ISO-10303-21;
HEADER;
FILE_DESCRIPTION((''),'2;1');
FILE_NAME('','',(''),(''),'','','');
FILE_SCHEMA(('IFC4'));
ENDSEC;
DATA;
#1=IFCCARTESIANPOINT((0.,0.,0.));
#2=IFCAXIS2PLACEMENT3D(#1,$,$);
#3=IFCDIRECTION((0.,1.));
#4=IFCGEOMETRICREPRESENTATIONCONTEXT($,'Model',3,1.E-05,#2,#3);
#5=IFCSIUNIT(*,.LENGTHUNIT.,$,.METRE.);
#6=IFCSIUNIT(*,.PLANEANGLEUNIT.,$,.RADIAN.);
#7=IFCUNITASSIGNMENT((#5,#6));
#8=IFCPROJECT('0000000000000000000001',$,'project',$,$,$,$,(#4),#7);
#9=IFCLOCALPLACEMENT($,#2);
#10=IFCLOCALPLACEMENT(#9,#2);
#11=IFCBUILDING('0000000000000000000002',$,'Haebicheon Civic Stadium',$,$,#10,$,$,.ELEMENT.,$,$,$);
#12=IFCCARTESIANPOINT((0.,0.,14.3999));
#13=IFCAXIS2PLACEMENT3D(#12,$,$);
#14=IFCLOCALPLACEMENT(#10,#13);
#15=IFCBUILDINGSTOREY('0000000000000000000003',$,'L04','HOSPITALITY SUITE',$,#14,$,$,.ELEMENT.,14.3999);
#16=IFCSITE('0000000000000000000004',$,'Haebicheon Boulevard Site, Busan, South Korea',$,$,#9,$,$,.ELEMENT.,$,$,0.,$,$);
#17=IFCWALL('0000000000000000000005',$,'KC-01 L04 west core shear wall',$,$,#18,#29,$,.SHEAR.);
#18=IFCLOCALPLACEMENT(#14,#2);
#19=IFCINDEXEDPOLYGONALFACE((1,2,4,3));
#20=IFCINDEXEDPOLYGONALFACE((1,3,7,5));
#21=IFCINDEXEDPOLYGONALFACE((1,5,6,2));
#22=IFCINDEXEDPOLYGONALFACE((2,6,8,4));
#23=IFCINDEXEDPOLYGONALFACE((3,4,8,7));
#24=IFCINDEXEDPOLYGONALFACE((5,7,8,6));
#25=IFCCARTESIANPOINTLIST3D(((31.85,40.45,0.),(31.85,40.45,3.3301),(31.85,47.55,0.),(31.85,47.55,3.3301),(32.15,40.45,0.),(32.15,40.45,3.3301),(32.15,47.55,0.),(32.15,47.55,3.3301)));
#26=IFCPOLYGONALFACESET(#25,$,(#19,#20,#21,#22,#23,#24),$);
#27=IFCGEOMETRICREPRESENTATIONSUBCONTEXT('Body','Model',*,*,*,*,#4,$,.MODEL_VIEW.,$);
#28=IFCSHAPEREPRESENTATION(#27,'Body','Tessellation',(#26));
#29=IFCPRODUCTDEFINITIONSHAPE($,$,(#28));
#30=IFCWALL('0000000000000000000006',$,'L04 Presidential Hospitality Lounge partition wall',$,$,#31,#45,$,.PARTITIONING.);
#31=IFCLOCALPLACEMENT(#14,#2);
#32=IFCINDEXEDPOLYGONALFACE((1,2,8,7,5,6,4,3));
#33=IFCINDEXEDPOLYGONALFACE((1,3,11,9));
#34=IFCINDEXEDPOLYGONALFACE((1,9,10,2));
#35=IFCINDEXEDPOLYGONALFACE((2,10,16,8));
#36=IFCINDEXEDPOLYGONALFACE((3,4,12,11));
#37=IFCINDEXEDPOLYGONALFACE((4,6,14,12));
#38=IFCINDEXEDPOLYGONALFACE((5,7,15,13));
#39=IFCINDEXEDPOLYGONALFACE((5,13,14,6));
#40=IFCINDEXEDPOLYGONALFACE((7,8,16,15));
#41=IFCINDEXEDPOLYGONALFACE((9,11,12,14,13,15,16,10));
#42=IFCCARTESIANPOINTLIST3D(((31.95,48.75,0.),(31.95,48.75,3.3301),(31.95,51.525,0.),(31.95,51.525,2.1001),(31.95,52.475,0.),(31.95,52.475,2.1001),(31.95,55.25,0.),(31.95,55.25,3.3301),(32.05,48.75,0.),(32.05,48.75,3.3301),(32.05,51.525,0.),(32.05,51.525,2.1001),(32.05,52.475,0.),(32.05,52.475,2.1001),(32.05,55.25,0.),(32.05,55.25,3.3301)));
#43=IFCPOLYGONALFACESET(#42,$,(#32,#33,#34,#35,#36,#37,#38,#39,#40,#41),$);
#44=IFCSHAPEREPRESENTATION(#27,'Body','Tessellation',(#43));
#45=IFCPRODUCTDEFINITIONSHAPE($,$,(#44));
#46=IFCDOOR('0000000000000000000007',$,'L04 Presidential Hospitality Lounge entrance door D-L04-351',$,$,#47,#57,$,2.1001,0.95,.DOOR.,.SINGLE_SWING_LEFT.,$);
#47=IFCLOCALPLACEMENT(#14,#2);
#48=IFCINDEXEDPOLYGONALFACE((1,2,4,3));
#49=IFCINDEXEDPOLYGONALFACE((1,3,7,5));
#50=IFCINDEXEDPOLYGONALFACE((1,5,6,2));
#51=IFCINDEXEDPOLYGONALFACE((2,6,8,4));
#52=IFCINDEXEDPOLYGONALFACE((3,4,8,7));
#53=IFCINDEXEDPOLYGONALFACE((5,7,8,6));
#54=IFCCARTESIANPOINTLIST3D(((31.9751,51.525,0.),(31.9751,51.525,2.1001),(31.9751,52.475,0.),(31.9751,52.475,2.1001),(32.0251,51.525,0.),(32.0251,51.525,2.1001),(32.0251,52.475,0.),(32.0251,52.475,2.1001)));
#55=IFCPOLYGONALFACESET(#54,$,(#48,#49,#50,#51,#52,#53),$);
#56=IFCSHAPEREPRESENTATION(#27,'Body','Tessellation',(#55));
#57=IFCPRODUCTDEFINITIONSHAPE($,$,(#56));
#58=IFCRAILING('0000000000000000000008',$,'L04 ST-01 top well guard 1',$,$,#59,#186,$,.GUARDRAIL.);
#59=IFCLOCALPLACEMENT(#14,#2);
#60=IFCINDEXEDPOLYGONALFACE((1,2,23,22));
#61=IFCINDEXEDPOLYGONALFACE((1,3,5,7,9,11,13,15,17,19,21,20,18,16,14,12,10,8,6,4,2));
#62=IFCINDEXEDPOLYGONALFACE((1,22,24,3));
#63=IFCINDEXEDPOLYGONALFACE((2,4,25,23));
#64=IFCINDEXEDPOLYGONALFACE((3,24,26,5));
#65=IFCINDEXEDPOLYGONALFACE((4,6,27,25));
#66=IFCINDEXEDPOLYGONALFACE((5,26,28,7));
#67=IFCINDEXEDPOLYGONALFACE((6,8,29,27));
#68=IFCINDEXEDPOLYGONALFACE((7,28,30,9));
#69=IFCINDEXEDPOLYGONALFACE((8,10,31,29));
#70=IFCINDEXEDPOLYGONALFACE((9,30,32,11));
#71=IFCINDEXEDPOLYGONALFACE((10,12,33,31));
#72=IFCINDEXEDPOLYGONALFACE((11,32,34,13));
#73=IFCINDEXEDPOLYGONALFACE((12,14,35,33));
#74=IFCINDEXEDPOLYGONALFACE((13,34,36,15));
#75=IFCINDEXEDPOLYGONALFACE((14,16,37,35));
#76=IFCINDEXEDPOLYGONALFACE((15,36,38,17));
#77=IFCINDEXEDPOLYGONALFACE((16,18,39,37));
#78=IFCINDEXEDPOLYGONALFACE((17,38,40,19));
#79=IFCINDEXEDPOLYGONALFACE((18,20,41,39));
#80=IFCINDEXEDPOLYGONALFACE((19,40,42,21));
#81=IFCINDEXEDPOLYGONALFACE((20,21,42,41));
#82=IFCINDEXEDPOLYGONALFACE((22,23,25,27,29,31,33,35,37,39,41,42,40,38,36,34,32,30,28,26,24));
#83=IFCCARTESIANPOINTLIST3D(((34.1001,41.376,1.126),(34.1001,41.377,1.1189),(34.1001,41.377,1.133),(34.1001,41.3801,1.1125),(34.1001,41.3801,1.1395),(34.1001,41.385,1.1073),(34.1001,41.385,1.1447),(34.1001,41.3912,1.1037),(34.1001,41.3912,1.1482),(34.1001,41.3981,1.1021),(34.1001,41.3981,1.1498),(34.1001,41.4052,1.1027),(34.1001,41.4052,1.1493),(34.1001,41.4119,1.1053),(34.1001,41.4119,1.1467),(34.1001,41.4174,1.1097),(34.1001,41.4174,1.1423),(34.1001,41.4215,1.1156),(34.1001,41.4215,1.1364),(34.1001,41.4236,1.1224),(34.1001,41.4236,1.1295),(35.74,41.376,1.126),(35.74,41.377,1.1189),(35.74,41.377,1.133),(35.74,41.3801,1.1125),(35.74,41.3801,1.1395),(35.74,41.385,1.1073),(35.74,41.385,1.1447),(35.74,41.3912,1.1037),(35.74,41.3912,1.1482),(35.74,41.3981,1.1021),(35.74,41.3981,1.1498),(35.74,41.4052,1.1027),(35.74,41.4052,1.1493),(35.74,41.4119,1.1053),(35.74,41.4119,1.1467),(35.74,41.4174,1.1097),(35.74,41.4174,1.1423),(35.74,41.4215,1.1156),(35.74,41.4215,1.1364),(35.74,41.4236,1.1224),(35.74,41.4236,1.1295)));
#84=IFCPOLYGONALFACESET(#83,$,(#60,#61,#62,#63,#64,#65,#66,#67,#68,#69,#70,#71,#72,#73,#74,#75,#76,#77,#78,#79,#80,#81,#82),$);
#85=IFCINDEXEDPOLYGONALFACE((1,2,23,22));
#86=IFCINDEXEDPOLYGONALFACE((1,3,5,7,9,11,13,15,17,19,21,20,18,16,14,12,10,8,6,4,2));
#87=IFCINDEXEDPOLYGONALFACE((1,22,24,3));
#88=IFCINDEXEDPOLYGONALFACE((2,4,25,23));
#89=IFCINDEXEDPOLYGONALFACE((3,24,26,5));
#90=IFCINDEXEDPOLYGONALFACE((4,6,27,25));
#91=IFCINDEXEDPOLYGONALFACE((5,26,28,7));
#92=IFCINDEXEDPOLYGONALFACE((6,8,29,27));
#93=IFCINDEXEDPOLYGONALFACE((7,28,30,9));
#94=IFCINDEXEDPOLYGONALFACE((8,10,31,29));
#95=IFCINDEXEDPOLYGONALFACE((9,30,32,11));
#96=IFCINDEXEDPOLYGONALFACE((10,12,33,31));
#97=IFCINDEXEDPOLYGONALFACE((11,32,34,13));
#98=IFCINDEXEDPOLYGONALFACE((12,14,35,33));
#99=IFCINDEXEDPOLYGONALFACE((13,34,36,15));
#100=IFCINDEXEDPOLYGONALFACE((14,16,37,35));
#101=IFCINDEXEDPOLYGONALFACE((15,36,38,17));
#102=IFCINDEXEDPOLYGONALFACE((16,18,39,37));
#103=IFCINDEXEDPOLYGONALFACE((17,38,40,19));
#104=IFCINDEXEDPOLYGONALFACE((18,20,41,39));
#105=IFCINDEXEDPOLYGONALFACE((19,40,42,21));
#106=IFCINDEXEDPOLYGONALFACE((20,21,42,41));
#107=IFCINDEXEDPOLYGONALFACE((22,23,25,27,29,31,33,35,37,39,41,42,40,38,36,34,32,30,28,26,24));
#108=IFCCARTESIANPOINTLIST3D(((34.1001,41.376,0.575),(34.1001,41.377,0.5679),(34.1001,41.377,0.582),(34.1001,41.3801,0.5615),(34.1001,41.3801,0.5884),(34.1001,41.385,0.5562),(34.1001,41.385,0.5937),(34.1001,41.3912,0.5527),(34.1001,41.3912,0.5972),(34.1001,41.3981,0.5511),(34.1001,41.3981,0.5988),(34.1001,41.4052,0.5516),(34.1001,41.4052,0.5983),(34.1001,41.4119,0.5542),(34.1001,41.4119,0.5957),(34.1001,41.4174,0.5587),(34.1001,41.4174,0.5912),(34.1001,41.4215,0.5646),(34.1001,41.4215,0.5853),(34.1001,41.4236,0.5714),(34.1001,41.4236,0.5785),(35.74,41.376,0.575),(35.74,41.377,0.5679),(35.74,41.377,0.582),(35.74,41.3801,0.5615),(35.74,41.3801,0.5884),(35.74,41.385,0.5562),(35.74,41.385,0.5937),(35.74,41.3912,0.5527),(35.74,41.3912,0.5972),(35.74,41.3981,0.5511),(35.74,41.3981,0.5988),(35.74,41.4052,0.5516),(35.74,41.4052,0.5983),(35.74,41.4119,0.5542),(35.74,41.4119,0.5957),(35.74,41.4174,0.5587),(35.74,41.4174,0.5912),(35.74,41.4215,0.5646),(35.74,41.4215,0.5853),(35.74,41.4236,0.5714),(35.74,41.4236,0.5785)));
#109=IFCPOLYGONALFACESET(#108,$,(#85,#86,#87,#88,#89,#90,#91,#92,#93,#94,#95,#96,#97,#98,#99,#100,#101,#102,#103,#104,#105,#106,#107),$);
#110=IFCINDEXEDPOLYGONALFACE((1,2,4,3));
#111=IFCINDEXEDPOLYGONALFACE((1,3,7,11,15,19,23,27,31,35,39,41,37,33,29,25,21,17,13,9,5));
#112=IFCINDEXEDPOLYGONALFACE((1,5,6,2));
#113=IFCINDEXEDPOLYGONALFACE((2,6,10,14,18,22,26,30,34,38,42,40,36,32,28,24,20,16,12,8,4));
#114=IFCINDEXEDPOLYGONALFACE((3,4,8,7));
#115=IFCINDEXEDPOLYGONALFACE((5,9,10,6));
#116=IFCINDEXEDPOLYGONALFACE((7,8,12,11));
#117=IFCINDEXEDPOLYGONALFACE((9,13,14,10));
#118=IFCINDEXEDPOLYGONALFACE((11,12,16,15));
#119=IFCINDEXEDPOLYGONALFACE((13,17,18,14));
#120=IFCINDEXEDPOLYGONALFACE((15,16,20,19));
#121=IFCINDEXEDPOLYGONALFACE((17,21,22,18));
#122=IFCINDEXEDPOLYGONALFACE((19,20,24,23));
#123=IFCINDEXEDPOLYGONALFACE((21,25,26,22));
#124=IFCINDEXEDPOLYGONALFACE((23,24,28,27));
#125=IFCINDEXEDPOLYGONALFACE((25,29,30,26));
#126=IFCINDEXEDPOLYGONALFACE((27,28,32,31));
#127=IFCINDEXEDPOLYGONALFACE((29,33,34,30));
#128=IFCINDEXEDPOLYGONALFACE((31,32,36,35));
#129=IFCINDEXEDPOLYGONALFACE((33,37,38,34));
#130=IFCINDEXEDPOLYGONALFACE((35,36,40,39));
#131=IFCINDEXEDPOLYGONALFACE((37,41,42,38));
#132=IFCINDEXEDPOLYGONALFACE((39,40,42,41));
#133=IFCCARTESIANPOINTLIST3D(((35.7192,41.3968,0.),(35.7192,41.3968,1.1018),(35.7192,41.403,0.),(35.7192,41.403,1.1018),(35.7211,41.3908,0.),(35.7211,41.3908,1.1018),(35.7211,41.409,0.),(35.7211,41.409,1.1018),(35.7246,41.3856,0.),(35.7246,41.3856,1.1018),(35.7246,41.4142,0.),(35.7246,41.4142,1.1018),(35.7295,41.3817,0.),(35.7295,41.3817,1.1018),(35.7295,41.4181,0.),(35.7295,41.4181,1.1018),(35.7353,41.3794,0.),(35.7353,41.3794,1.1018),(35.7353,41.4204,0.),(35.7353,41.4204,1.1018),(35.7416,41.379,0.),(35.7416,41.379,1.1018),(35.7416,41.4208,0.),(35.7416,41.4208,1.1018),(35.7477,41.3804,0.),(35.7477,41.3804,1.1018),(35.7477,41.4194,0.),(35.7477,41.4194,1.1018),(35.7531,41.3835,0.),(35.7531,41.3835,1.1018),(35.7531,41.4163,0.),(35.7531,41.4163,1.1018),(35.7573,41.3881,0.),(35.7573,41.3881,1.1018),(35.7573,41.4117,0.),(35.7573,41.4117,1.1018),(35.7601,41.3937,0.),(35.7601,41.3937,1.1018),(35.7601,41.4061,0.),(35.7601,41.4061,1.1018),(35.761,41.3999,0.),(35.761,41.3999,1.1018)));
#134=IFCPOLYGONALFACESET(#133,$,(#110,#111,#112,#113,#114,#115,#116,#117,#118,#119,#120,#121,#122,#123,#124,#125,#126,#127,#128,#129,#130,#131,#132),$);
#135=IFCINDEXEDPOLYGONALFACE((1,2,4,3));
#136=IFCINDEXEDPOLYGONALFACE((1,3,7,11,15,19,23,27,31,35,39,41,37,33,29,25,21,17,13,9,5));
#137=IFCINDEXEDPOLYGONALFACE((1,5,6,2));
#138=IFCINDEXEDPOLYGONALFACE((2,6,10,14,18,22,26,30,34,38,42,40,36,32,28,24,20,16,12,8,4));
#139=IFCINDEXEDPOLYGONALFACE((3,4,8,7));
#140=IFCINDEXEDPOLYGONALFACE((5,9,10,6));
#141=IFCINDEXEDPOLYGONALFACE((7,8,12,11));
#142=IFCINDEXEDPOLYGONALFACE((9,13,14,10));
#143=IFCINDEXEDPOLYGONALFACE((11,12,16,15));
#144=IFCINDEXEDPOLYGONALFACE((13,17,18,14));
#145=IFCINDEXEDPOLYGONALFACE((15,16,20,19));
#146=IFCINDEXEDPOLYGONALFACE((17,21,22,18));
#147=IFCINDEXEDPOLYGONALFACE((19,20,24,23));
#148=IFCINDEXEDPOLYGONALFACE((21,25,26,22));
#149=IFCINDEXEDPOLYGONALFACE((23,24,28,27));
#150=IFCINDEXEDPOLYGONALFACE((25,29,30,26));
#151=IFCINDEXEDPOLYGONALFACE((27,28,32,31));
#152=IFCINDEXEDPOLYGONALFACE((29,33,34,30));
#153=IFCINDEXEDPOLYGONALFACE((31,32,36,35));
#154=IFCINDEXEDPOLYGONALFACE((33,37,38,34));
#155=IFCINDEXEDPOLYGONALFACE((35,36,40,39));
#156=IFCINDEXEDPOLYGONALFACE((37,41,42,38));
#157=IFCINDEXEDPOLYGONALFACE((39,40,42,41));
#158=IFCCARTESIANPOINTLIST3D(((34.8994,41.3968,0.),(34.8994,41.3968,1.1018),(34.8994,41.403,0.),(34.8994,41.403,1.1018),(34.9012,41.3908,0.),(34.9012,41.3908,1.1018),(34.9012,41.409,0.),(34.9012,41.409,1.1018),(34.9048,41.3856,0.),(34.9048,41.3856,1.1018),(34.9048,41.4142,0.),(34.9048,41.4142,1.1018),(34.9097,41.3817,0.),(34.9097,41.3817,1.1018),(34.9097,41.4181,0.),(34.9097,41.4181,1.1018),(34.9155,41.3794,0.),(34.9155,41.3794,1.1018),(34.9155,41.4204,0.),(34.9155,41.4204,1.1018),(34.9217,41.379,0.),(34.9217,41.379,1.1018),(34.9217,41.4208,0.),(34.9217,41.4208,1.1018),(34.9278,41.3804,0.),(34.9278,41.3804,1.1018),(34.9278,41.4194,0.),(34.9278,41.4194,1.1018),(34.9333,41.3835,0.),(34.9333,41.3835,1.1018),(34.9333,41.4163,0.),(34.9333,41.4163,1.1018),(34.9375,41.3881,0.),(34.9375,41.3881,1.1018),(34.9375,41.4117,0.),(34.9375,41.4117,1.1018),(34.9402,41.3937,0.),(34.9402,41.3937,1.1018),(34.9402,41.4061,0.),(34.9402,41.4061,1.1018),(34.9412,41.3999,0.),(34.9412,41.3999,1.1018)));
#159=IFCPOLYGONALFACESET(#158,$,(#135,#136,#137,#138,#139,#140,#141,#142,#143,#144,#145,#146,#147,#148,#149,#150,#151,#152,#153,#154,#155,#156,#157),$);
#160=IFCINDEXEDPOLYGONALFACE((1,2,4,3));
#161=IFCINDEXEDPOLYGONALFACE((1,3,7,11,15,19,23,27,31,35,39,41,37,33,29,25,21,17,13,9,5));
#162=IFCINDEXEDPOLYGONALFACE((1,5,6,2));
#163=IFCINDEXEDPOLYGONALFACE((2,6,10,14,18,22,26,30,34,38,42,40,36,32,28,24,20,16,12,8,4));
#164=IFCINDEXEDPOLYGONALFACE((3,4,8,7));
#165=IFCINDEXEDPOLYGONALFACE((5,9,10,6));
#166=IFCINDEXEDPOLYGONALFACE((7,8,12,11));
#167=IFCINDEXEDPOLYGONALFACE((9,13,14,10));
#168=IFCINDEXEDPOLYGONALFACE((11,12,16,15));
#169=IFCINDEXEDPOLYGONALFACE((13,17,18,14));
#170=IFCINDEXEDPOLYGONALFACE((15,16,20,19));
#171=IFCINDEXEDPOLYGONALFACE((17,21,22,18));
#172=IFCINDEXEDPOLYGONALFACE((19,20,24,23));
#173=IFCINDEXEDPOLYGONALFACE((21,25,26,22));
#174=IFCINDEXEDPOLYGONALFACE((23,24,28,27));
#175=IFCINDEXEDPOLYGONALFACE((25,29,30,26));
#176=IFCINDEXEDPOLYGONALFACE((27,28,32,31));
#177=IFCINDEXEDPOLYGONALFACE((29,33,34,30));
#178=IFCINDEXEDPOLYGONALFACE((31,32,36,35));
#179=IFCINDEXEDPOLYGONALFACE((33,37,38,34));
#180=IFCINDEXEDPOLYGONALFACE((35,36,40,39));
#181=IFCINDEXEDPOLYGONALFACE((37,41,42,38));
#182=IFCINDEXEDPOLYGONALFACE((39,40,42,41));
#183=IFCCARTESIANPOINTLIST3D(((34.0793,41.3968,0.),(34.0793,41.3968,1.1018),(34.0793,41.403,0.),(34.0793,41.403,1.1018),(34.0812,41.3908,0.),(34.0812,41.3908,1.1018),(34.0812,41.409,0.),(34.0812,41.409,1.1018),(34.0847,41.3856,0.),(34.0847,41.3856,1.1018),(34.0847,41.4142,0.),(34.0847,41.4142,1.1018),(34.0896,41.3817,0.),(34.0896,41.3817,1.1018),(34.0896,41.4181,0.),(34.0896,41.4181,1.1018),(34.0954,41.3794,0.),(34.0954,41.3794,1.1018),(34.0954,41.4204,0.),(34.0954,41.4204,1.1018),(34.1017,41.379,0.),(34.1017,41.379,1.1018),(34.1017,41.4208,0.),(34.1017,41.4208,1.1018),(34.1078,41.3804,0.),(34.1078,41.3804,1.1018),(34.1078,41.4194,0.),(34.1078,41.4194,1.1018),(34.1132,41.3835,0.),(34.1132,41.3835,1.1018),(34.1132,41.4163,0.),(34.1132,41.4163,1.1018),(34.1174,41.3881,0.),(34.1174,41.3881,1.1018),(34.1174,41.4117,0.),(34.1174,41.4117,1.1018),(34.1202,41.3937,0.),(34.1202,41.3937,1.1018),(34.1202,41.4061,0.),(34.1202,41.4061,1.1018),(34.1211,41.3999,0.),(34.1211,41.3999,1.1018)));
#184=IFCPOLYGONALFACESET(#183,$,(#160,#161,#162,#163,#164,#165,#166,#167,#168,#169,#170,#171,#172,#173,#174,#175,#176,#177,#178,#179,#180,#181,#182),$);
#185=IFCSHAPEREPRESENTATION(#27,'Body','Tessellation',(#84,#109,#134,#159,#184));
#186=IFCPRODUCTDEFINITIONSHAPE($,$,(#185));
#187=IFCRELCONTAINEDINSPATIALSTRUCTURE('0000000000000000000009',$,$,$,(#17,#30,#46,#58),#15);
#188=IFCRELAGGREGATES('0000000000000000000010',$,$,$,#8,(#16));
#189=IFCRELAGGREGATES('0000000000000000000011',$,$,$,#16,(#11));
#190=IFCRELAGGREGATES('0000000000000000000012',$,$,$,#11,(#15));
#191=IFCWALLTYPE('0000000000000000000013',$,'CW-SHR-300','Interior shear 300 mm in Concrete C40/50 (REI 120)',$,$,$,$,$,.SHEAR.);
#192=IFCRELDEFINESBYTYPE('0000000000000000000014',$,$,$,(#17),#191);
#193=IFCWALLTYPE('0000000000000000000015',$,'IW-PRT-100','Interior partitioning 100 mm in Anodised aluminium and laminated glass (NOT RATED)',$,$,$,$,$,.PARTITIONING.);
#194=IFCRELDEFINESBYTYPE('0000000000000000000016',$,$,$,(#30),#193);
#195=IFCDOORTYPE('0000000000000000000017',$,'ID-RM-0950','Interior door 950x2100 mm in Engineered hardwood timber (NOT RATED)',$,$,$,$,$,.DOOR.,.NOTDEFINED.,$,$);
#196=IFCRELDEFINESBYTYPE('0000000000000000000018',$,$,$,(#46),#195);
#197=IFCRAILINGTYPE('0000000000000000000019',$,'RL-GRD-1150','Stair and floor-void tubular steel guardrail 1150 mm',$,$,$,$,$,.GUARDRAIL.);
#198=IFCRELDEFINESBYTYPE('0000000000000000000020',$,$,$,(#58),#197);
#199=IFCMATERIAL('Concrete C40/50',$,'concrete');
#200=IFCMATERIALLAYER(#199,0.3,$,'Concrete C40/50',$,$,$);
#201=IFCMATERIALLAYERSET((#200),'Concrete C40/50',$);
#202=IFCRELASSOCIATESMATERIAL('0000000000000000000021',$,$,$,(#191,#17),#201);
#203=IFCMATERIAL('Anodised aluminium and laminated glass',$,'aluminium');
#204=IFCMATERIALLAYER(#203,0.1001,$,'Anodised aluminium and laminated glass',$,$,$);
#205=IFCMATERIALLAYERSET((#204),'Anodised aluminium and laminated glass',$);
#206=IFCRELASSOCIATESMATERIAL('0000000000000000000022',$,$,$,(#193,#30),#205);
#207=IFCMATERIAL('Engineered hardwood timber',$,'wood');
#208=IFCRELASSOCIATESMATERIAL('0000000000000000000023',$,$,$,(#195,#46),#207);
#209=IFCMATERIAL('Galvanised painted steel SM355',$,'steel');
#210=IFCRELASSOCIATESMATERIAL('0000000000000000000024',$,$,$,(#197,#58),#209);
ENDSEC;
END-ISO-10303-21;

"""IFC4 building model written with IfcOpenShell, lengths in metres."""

from ifc_helpers import new_model, si_unit, direction, frame, frame_2d, origin, origin_2d, place, context, subcontext, project, spatial, rectangle, circle, extrude, material, layer, layer_set, type_object, element, fill, save


model = new_model("IFC4")

# Units and contexts
model_context = context("Model", 3, precision=1e-05, world=origin(), true_north=direction((0.0, 1.0)))
body_context = subcontext(model_context, "Body", "Model", "MODEL_VIEW")
ifc_project = project(units=[si_unit("LENGTHUNIT", "METRE"), si_unit("PLANEANGLEUNIT", "RADIAN")], contexts=[model_context])

# Site, building, storey
site_placement = place(None, origin())
site = spatial("IfcSite", under=ifc_project, at=site_placement, Name="Haebicheon Boulevard Site, Busan, South Korea", CompositionType="ELEMENT", RefElevation=0.0)
building_placement = place(site_placement, origin())
building = spatial("IfcBuilding", under=site, at=building_placement, Name="Haebicheon Civic Stadium", CompositionType="ELEMENT")
storey_placement = place(building_placement, frame((0.0, 0.0, 14.3999)))
storey = spatial("IfcBuildingStorey", under=building, at=storey_placement, Name="L04", Description="HOSPITALITY SUITE", CompositionType="ELEMENT", Elevation=14.3999)

# Wall
ifc_material_1 = material(Name="Concrete C40/50", Category="concrete")
ifc_layer_1 = layer(ifc_material_1, 0.3, Name="Concrete C40/50")
ifc_layer_set_1 = layer_set([ifc_layer_1], Name="Concrete C40/50")
wall_type_1 = type_object("IfcWallType", Name="CW-SHR-300", Description="Interior shear 300 mm in Concrete C40/50 (REI 120)", PredefinedType="SHEAR", material=ifc_layer_set_1)
wall_1_placement = place(storey_placement, frame((32.0, 40.45, 0.0), z_axis=(0.0, 0.0, 1.0), x_axis=(0.0, 1.0, 0.0)))
element("IfcWall", 1, at=wall_1_placement, inside=storey, type_object=wall_type_1, material=ifc_layer_set_1, Name="KC-01 L04 west core shear wall", PredefinedType="SHEAR", context=body_context, shape_type="SweptSolid", body=[
    extrude(rectangle(XDim=7.1001, YDim=0.3, at=frame_2d((3.55, 0.0))), origin(), (0.0, 0.0, 1.0), 3.3301),
])

# Wall, opening, door
ifc_material_2 = material(Name="Anodised aluminium and laminated glass", Category="aluminium")
ifc_layer_2 = layer(ifc_material_2, 0.1001, Name="Anodised aluminium and laminated glass")
ifc_layer_set_2 = layer_set([ifc_layer_2], Name="Anodised aluminium and laminated glass")
wall_type_2 = type_object("IfcWallType", Name="IW-PRT-100", Description="Interior partitioning 100 mm in Anodised aluminium and laminated glass (NOT RATED)", PredefinedType="PARTITIONING", material=ifc_layer_set_2)
wall_2_placement = place(storey_placement, frame((32.0, 48.75, 0.0), z_axis=(0.0, 0.0, 1.0), x_axis=(0.0, 1.0, 0.0)))
wall_2 = element("IfcWall", 2, at=wall_2_placement, inside=storey, type_object=wall_type_2, material=ifc_layer_set_2, Name="L04 Presidential Hospitality Lounge partition wall", PredefinedType="PARTITIONING", context=body_context, shape_type="SweptSolid", body=[
    extrude(rectangle(XDim=6.5, YDim=0.1001, at=frame_2d((3.25, 0.0))), origin(), (0.0, 0.0, 1.0), 3.3301),
])
opening_1_placement = place(wall_2_placement, frame((2.7749, 0.0, 0.0)))
opening_1 = element("IfcOpeningElement", 3, at=opening_1_placement, cuts=wall_2, PredefinedType="OPENING", context=body_context, shape_type="SweptSolid", body=[
    extrude(rectangle(XDim=0.95, YDim=2.1001, at=frame_2d((0.4751, 1.05))), frame((0.0, 0.0601, 0.0), z_axis=(0.0, -1.0, 0.0), x_axis=(1.0, 0.0, 0.0)), (0.0, 0.0, 1.0), 0.1201),
])
ifc_material_3 = material(Name="Engineered hardwood timber", Category="wood")
door_type_1 = type_object("IfcDoorType", Name="ID-RM-0950", Description="Interior door 950x2100 mm in Engineered hardwood timber (NOT RATED)", OperationType="NOTDEFINED", PredefinedType="DOOR", material=ifc_material_3)
door_1_placement = place(opening_1_placement, origin())
door_1 = element("IfcDoor", 4, at=door_1_placement, inside=storey, type_object=door_type_1, material=ifc_material_3, Name="L04 Presidential Hospitality Lounge entrance door D-L04-351", OperationType="SINGLE_SWING_LEFT", OverallHeight=2.1001, OverallWidth=0.95, PredefinedType="DOOR", context=body_context, shape_type="SweptSolid", body=[
    extrude(rectangle(XDim=0.95, YDim=2.1001, at=frame_2d((0.4751, 1.05))), frame((0.0, 0.0249, 0.0), z_axis=(0.0, -1.0, 0.0), x_axis=(1.0, 0.0, 0.0)), (0.0, 0.0, 1.0), 0.05),
])
fill(opening_1, door_1)

# Railing
ifc_material_4 = material(Name="Galvanised painted steel SM355", Category="steel")
railing_type = type_object("IfcRailingType", Name="RL-GRD-1150", Description="Stair and floor-void tubular steel guardrail 1150 mm", PredefinedType="GUARDRAIL", material=ifc_material_4)
railing_1_placement = place(storey_placement, frame((35.74, 41.3999, 0.0)))
element("IfcRailing", 5, at=railing_1_placement, inside=storey, type_object=railing_type, material=ifc_material_4, Name="L04 ST-01 top well guard 1", PredefinedType="GUARDRAIL", context=body_context, shape_type="SweptSolid", body=[
    extrude(circle(Radius=0.0239, at=origin_2d()), frame((0.0, 0.0, 1.126), z_axis=(-1.0, 0.0, 0.0), x_axis=(0.0, -1.0, 0.0)), (0.0, 0.0, 1.0), 1.6399),
    extrude(circle(Radius=0.0239, at=origin_2d()), frame((0.0, 0.0, 0.575), z_axis=(-1.0, 0.0, 0.0), x_axis=(0.0, -1.0, 0.0)), (0.0, 0.0, 1.0), 1.6399),
    extrude(circle(Radius=0.021, at=origin_2d()), origin(), (0.0, 0.0, 1.0), 1.1018),
    extrude(circle(Radius=0.021, at=origin_2d()), frame((-0.8198, 0.0, 0.0)), (0.0, 0.0, 1.0), 1.1018),
    extrude(circle(Radius=0.021, at=origin_2d()), frame((-1.6399, 0.0, 0.0)), (0.0, 0.0, 1.0), 1.1018),
])

save(model, "model.ifc")
